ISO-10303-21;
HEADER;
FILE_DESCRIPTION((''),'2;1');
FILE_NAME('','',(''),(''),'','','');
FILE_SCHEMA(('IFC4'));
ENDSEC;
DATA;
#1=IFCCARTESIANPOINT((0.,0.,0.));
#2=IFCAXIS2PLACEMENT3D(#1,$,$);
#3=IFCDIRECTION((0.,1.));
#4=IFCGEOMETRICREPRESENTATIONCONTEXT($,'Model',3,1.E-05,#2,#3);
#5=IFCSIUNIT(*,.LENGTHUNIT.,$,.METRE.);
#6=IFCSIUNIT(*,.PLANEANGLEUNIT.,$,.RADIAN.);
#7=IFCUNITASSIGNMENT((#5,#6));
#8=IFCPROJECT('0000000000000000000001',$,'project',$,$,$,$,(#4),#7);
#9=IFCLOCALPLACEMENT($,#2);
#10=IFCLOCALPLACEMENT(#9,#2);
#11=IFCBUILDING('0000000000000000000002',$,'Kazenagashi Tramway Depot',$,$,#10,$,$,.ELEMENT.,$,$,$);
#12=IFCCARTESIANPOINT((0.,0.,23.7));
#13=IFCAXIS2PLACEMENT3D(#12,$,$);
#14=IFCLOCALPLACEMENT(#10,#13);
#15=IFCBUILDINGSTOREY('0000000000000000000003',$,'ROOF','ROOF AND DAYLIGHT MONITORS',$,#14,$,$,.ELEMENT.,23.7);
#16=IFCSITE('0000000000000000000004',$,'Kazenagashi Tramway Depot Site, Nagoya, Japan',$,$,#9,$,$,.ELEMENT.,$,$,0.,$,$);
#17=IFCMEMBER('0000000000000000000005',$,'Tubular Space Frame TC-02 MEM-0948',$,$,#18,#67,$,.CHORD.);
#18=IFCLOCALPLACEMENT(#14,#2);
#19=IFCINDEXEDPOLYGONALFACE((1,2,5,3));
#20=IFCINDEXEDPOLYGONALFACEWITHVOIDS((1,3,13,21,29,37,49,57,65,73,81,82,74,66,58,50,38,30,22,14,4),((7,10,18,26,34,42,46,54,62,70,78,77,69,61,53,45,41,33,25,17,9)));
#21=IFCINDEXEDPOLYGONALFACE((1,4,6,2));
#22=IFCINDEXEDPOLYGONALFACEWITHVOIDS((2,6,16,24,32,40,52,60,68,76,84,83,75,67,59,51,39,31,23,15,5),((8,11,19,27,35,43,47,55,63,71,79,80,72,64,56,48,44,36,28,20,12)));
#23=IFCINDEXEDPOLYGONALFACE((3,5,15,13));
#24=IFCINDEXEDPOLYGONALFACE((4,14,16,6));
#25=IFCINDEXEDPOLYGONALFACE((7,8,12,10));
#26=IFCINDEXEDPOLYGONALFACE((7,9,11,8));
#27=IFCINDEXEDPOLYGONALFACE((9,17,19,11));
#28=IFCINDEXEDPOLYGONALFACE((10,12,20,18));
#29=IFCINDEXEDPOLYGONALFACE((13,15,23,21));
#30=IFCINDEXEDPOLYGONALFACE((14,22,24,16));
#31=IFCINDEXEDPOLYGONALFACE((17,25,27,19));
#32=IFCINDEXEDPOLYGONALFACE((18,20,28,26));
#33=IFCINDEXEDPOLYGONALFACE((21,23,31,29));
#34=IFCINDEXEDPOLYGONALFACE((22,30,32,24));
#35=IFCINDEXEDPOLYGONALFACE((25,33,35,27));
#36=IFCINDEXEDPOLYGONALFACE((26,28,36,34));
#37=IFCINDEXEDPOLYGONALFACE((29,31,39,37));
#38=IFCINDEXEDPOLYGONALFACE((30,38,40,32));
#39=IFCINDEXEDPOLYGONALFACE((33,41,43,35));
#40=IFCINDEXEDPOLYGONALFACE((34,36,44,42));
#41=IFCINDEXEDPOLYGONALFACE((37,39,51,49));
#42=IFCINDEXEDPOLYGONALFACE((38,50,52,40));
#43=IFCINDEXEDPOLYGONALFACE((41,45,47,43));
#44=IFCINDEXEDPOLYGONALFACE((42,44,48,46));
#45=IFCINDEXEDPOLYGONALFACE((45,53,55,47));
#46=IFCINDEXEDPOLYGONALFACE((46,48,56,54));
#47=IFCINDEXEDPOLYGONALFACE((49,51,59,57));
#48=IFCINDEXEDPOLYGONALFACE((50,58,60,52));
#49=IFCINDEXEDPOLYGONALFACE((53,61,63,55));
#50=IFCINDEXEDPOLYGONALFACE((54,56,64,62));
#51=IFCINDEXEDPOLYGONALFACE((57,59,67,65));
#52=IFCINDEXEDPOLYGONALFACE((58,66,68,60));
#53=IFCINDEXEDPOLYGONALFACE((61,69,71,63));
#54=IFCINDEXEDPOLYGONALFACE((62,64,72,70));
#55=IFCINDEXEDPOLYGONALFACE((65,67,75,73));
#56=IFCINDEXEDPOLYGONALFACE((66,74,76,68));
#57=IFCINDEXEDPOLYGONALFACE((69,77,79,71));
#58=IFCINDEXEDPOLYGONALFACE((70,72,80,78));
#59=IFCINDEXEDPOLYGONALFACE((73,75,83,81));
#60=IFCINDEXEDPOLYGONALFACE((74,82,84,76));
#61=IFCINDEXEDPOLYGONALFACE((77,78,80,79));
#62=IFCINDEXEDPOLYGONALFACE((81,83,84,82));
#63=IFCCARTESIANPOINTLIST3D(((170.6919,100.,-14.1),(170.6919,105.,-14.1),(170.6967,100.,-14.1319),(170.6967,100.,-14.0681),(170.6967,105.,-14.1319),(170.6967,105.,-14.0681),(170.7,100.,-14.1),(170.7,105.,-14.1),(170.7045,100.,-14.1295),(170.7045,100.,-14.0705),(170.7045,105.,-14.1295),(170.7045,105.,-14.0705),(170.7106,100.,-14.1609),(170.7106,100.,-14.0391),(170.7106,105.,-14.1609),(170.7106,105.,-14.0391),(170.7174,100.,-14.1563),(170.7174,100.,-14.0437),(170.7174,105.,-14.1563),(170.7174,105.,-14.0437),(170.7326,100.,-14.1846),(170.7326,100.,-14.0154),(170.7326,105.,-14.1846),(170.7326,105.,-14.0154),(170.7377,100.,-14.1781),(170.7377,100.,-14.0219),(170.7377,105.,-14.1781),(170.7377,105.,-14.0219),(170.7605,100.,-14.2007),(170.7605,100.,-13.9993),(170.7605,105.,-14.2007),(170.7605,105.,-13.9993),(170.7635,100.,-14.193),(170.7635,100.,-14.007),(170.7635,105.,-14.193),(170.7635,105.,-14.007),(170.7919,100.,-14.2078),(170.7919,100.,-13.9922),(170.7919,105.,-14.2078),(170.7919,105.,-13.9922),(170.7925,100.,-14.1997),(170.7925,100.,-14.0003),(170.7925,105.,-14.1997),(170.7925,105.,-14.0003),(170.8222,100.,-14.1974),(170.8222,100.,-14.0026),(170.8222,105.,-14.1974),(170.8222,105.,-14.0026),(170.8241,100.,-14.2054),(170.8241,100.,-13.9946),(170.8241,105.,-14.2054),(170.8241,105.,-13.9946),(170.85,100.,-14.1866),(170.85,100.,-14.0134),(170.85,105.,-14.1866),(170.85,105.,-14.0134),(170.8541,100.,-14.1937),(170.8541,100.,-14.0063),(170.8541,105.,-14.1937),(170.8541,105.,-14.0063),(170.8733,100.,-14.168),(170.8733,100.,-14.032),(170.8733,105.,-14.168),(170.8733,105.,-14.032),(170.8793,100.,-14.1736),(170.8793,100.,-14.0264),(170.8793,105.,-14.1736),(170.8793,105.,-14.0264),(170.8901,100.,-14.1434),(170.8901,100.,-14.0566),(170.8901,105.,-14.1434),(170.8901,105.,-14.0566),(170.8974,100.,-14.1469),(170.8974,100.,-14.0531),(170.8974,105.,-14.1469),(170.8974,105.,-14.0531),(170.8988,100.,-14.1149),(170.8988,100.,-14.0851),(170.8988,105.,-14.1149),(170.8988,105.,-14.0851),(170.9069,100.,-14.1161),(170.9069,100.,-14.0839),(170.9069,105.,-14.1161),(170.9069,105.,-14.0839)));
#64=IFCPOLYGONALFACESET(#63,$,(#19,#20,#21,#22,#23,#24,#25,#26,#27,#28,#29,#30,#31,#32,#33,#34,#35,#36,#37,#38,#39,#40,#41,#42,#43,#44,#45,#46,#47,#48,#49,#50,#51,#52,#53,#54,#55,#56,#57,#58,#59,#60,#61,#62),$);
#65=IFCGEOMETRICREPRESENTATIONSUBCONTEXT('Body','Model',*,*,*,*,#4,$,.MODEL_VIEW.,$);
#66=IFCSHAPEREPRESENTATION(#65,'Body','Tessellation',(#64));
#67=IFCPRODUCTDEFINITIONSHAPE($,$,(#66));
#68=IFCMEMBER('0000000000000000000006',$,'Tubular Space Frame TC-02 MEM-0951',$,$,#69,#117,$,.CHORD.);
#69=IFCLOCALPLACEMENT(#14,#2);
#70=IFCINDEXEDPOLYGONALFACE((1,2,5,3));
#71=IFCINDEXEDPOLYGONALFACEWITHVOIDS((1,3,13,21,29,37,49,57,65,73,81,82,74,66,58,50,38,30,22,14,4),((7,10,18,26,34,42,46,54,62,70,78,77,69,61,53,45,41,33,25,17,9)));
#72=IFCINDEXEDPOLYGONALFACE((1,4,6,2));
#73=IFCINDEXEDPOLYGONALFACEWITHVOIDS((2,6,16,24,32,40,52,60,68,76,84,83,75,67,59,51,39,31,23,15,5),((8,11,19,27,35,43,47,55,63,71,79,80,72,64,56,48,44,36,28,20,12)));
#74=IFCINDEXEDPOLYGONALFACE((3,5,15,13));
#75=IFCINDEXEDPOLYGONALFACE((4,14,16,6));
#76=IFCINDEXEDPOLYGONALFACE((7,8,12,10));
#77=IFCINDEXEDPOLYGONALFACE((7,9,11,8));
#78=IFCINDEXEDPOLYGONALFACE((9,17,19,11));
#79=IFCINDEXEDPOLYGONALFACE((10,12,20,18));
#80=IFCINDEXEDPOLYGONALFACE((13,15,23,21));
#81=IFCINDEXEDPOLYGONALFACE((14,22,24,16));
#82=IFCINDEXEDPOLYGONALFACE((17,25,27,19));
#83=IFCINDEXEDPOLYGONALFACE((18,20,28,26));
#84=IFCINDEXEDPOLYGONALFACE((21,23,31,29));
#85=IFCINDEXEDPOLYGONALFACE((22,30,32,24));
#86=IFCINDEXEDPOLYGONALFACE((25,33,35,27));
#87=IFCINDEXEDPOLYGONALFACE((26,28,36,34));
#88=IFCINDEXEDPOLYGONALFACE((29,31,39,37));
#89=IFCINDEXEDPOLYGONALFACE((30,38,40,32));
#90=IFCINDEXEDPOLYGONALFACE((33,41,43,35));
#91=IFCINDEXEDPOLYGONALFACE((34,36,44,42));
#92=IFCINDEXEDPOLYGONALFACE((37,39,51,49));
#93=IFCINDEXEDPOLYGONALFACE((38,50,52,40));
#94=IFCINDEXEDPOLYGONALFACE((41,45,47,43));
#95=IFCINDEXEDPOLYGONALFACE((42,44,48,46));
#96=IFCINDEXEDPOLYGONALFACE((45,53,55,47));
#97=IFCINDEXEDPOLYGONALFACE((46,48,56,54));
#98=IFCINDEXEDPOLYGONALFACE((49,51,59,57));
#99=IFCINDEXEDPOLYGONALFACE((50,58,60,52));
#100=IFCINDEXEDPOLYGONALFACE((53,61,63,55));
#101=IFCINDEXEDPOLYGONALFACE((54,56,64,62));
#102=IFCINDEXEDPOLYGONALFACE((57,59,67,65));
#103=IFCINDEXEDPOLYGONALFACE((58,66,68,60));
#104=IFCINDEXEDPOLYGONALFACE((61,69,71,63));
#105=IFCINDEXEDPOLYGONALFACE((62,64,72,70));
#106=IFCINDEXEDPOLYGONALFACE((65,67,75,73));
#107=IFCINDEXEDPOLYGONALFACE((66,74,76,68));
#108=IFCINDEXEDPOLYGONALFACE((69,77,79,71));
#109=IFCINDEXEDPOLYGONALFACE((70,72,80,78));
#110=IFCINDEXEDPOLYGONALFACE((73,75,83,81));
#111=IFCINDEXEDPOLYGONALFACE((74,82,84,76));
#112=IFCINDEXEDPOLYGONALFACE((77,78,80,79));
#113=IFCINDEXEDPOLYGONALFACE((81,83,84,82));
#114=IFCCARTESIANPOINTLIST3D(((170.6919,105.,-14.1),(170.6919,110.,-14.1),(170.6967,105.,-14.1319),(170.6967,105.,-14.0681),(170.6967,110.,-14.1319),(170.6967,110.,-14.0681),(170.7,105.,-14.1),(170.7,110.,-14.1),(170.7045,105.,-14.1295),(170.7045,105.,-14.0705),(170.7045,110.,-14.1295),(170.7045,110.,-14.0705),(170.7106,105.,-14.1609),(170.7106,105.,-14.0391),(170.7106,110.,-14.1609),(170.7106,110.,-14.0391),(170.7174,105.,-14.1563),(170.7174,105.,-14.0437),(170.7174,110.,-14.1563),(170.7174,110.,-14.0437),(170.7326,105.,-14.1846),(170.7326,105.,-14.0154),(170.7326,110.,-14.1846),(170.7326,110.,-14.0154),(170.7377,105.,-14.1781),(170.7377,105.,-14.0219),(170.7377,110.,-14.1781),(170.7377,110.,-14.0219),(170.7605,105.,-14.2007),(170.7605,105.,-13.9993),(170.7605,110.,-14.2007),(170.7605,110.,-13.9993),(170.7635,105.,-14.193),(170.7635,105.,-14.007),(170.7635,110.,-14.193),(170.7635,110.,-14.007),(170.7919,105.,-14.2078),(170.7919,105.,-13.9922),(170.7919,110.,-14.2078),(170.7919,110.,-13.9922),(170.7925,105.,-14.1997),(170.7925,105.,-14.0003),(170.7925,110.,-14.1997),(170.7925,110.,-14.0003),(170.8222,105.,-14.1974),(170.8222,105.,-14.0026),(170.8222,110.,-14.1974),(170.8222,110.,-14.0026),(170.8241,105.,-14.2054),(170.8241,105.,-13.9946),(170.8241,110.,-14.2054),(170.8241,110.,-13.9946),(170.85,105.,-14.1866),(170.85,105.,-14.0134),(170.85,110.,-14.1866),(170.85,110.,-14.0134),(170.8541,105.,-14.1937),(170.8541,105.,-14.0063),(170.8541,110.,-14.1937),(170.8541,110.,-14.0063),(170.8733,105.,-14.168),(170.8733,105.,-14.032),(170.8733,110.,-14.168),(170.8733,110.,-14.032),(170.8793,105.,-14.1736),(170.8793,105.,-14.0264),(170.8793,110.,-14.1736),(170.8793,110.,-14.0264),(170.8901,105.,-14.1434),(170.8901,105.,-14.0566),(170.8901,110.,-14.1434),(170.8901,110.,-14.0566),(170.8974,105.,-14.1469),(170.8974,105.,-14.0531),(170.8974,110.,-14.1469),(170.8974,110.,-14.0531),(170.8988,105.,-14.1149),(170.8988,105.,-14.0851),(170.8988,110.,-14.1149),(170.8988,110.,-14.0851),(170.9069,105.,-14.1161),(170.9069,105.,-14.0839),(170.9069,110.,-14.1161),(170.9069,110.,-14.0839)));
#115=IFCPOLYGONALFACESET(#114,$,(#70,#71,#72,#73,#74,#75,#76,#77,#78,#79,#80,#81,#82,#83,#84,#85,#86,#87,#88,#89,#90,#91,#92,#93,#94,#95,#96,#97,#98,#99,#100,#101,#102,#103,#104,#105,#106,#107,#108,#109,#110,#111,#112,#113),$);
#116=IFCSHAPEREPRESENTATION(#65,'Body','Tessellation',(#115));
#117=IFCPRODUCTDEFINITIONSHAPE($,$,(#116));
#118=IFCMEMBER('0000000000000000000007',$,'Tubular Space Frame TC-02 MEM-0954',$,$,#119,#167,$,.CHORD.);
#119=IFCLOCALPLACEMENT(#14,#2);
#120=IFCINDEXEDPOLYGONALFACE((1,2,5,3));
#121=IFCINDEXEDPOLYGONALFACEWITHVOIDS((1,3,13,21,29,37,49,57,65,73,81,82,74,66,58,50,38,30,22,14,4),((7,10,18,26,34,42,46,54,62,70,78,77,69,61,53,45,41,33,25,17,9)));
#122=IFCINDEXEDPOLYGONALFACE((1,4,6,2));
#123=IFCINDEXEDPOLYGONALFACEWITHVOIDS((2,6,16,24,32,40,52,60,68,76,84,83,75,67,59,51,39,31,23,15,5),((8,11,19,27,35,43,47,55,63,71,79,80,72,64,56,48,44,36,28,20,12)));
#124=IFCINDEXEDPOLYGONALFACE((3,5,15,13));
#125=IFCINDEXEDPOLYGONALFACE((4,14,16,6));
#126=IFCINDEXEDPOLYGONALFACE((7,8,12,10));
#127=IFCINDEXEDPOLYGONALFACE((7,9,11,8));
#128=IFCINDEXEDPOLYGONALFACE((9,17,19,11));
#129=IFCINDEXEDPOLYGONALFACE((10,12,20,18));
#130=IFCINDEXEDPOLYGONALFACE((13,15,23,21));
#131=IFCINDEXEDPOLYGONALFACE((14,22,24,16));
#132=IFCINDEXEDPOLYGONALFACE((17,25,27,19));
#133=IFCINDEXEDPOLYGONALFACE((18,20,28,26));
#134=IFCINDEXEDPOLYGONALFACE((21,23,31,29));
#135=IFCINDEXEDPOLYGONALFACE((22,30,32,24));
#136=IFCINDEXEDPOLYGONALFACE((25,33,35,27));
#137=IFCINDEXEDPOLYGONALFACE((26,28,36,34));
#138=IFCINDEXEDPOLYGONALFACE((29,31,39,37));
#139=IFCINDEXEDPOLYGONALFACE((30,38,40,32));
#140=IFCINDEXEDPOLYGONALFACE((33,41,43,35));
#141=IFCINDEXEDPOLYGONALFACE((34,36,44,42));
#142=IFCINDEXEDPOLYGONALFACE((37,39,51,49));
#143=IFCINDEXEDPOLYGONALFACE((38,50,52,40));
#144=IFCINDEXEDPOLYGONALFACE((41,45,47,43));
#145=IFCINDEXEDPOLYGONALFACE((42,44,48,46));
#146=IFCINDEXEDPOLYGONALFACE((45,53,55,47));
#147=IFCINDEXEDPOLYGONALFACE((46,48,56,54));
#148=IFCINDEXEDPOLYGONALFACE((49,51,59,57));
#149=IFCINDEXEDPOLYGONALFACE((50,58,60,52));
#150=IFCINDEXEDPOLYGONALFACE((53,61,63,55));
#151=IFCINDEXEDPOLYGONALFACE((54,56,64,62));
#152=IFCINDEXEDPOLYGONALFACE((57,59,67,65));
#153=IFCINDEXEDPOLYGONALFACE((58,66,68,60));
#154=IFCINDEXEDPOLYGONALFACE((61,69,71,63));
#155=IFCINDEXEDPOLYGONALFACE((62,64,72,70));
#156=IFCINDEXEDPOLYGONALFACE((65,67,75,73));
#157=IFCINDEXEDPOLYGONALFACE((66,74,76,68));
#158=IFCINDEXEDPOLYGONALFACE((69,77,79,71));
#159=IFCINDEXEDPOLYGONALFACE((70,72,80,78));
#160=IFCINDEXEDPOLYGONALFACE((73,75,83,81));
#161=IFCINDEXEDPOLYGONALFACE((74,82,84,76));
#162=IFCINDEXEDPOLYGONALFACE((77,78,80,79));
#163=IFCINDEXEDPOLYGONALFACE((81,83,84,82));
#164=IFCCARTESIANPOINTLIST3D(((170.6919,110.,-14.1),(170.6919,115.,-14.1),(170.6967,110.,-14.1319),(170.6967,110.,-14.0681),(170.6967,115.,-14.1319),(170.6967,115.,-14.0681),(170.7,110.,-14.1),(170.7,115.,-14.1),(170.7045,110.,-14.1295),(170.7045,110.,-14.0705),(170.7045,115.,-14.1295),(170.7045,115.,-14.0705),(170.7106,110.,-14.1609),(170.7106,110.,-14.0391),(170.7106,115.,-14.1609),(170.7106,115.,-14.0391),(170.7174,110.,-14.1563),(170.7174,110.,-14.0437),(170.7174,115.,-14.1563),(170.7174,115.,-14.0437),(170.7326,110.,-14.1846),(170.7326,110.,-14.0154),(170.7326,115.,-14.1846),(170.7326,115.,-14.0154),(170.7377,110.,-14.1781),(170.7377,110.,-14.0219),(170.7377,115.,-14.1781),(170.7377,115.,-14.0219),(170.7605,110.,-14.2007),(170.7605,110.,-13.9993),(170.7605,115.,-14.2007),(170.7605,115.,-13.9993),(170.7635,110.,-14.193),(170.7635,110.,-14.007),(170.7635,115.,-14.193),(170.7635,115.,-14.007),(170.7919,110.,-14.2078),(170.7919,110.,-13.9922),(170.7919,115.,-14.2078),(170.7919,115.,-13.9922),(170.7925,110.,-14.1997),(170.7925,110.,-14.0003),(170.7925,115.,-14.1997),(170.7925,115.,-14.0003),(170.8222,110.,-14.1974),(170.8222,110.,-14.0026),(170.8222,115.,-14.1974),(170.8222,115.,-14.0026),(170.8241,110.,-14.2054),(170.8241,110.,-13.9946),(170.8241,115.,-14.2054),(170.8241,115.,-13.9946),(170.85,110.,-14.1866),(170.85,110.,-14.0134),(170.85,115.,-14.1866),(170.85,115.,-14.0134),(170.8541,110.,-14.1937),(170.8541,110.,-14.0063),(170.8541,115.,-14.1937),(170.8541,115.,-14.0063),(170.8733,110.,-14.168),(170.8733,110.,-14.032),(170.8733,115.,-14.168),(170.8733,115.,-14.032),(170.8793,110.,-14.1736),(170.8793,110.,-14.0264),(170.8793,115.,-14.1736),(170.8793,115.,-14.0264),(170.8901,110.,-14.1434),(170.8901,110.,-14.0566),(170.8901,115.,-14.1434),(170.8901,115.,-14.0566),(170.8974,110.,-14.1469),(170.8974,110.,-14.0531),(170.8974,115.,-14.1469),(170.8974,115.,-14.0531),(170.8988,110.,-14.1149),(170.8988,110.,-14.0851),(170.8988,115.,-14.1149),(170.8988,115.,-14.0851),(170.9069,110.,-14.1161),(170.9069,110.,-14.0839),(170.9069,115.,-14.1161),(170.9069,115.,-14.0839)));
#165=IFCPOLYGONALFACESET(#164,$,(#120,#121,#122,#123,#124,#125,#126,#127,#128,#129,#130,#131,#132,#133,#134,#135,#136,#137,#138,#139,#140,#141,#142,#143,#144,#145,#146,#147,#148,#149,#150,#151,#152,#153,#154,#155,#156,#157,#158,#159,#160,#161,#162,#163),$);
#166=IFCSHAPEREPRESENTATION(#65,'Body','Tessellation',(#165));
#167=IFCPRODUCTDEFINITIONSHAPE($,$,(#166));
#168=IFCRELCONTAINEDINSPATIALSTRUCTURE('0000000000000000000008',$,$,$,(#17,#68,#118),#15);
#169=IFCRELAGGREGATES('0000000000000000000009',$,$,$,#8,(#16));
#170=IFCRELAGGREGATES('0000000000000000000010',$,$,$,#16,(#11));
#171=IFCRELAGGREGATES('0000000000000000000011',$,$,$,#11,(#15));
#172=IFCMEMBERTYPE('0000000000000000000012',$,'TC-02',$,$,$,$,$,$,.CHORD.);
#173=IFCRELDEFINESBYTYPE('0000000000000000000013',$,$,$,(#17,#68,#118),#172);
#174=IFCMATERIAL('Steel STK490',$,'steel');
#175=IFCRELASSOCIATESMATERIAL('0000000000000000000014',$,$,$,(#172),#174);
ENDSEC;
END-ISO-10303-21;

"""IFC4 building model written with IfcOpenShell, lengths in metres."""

from ifc_helpers import new_model, si_unit, direction, frame, origin, origin_2d, place, context, subcontext, project, spatial, hollow_circle, extrude, material, material_profile, profile_set, type_object, element, save


model = new_model("IFC4")

# Units and contexts
model_context = context("Model", 3, precision=1e-05, world=origin(), true_north=direction((0.0, 1.0)))
body_context = subcontext(model_context, "Body", "Model", "MODEL_VIEW")
ifc_project = project(units=[si_unit("LENGTHUNIT", "METRE"), si_unit("PLANEANGLEUNIT", "RADIAN")], contexts=[model_context])

# Site, building, storey
site_placement = place(None, origin())
site = spatial("IfcSite", under=ifc_project, at=site_placement, Name="Kazenagashi Tramway Depot Site, Nagoya, Japan", CompositionType="ELEMENT", RefElevation=0.0)
building_placement = place(site_placement, origin())
building = spatial("IfcBuilding", under=site, at=building_placement, Name="Kazenagashi Tramway Depot", CompositionType="ELEMENT")
storey_placement = place(building_placement, frame((0.0, 0.0, 23.7)))
storey = spatial("IfcBuildingStorey", under=building, at=storey_placement, Name="ROOF", Description="ROOF AND DAYLIGHT MONITORS", CompositionType="ELEMENT", Elevation=23.7)

# Members
ifc_material_1 = material(Name="Steel STK490", Category="steel")
ifc_material_profile_1 = material_profile(ifc_material_1, hollow_circle(Radius=0.1081, WallThickness=0.0082, at=origin_2d()), Name="CHS-216.3x8.2")
ifc_profile_set_1 = profile_set([ifc_material_profile_1], Name="Steel STK490")
member_type_1 = type_object("IfcMemberType", Name="TC-02", PredefinedType="CHORD", material=ifc_profile_set_1)
for number, where, z_axis, x_axis, name in (
    (1, (170.8, 100.0, -14.1), (0.0, 1.0, 0.0), (-1.0, 0.0, 0.0), "Tubular Space Frame TC-02 MEM-0948"),
    (2, (170.8, 105.0, -14.1), (0.0, 1.0, 0.0), (-1.0, 0.0, 0.0), "Tubular Space Frame TC-02 MEM-0951"),
    (3, (170.8, 110.0, -14.1), (0.0, 1.0, 0.0), (-1.0, 0.0, 0.0), "Tubular Space Frame TC-02 MEM-0954"),
):
    element("IfcMember", number, at=place(storey_placement, frame(where, z_axis=z_axis, x_axis=x_axis)), inside=storey, type_object=member_type_1, Name=name, PredefinedType="CHORD", context=body_context, shape_type="SweptSolid", body=[
        extrude(hollow_circle(Radius=0.1081, WallThickness=0.0082, at=origin_2d()), origin(), (0.0, 0.0, 1.0), 5.0),
    ])

save(model, "model.ifc")
